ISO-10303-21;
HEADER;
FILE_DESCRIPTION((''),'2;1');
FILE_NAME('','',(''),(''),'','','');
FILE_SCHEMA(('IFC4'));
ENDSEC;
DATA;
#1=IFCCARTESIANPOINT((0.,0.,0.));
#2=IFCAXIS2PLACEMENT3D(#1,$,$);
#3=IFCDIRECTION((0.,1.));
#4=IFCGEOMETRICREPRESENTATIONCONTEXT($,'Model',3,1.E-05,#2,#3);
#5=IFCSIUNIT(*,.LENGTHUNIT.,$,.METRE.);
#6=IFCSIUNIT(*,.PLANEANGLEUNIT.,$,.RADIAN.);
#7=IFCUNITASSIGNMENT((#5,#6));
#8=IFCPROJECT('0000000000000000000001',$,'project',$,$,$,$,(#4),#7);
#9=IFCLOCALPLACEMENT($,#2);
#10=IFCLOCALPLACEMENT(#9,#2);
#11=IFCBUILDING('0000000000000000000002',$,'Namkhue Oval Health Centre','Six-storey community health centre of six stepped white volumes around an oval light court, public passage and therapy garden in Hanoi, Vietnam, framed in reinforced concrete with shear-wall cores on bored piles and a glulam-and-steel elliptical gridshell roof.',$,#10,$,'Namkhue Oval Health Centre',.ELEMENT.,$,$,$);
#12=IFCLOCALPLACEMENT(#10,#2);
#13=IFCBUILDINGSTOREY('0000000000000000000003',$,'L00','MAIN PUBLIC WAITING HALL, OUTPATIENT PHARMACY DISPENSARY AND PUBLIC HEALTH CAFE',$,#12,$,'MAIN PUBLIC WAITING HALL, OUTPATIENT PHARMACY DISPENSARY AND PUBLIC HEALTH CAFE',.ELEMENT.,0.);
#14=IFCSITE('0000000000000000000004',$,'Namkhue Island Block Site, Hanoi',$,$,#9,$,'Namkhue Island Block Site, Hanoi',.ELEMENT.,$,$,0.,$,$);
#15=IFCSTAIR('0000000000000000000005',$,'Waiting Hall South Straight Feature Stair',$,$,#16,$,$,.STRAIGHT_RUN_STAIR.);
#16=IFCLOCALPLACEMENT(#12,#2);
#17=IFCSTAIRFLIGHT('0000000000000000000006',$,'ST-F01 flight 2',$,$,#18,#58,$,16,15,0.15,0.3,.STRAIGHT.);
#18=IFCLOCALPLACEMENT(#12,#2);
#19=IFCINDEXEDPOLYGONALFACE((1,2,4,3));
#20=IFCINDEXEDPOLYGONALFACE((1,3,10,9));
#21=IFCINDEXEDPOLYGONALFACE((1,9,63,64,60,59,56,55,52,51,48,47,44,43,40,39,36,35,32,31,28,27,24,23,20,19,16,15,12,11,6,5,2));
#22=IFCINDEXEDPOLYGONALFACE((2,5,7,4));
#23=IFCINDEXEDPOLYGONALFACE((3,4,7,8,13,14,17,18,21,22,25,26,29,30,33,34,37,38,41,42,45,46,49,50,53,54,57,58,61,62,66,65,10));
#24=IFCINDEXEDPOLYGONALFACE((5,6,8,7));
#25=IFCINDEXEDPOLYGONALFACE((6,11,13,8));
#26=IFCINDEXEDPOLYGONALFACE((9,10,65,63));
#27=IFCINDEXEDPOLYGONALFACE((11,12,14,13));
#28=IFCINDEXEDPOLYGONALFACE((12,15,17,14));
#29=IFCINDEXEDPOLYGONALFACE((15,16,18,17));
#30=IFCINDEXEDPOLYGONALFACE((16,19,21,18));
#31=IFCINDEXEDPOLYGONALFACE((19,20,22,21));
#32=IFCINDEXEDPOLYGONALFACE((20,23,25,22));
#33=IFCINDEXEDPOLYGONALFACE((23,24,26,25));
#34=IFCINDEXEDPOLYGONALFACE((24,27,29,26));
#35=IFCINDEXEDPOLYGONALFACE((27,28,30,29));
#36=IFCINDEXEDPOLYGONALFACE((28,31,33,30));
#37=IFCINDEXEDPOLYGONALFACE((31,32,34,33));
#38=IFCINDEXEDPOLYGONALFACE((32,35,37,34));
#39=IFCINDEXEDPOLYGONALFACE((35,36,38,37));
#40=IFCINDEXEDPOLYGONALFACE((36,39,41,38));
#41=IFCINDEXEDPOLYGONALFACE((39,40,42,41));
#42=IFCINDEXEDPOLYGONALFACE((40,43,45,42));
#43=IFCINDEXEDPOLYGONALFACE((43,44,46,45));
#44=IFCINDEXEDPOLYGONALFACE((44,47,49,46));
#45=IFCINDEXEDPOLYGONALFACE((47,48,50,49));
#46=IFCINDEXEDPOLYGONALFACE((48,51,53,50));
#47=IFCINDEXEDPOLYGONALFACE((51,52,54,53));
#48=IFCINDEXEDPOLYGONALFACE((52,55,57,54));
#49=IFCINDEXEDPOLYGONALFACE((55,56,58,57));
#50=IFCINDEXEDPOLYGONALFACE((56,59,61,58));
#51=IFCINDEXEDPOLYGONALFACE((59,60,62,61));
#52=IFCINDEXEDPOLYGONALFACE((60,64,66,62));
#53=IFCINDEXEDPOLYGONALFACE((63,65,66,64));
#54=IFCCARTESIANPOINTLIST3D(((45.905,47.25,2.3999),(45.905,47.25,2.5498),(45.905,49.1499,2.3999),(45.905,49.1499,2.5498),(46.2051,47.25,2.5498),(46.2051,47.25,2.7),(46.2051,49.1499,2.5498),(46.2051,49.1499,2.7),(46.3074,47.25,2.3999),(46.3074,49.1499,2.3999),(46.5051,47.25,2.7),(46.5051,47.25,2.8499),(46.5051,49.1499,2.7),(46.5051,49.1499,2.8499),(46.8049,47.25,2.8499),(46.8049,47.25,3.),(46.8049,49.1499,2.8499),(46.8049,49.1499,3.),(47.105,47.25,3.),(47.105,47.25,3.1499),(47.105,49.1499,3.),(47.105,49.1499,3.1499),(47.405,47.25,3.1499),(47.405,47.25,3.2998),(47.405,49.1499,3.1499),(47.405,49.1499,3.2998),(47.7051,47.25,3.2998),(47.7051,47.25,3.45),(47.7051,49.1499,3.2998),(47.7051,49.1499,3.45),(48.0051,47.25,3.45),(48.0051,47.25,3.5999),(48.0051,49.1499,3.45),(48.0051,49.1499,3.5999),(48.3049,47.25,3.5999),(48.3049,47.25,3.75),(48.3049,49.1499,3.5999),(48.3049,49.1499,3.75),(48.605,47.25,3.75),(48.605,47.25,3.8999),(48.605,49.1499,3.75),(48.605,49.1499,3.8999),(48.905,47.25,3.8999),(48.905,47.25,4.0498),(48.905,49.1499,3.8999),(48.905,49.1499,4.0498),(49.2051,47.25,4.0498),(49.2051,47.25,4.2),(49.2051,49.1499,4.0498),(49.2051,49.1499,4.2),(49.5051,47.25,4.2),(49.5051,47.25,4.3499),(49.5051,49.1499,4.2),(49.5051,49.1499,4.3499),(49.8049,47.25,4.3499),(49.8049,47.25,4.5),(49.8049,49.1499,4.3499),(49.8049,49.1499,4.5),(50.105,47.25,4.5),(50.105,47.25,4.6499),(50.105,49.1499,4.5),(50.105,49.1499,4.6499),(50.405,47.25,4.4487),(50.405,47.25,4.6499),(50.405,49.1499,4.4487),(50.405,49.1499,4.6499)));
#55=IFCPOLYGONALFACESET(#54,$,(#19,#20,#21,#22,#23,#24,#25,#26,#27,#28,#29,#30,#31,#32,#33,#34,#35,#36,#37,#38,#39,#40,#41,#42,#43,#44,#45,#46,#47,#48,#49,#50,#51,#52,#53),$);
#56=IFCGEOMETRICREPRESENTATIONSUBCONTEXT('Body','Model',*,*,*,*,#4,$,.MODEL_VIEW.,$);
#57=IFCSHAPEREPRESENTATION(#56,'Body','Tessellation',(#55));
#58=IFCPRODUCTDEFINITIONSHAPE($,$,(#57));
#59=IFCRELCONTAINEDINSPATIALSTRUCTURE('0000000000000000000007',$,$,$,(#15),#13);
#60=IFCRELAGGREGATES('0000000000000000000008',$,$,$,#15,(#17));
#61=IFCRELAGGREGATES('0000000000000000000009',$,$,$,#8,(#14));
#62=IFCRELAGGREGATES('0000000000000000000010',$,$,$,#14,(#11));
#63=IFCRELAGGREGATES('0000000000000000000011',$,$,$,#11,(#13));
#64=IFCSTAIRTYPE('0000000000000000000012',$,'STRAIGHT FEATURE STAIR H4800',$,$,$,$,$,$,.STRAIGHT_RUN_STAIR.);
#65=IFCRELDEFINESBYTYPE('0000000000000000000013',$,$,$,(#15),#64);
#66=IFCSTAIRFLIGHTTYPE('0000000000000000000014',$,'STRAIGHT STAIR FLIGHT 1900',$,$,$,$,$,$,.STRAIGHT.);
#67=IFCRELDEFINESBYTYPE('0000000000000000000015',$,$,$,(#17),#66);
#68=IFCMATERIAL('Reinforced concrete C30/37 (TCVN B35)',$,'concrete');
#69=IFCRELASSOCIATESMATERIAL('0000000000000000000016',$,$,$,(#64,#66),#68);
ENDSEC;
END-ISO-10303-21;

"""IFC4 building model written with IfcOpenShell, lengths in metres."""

from ifc_helpers import new_model, si_unit, direction, frame, origin, place, context, subcontext, project, spatial, polyline, outline, extrude, material, type_object, element, aggregate, save


model = new_model("IFC4")

# Units and contexts
model_context = context("Model", 3, precision=1e-05, world=origin(), true_north=direction((0.0, 1.0)))
body_context = subcontext(model_context, "Body", "Model", "MODEL_VIEW")
ifc_project = project(units=[si_unit("LENGTHUNIT", "METRE"), si_unit("PLANEANGLEUNIT", "RADIAN")], contexts=[model_context])

# Site, building, storey
site_placement = place(None, origin())
site = spatial("IfcSite", under=ifc_project, at=site_placement, Name="Namkhue Island Block Site, Hanoi", LongName="Namkhue Island Block Site, Hanoi", CompositionType="ELEMENT", RefElevation=0.0)
building_placement = place(site_placement, origin())
building = spatial("IfcBuilding", under=site, at=building_placement, Name="Namkhue Oval Health Centre", Description="Six-storey community health centre of six stepped white volumes around an oval light court, public passage and therapy garden in Hanoi, Vietnam, framed in reinforced concrete with shear-wall cores on bored piles and a glulam-and-steel elliptical gridshell roof.", LongName="Namkhue Oval Health Centre", CompositionType="ELEMENT")
storey_placement = place(building_placement, origin())
storey = spatial("IfcBuildingStorey", under=building, at=storey_placement, Name="L00", Description="MAIN PUBLIC WAITING HALL, OUTPATIENT PHARMACY DISPENSARY AND PUBLIC HEALTH CAFE", LongName="MAIN PUBLIC WAITING HALL, OUTPATIENT PHARMACY DISPENSARY AND PUBLIC HEALTH CAFE", CompositionType="ELEMENT", Elevation=0.0)

# Shared definitions
ifc_material_1 = material(Name="Reinforced concrete C30/37 (TCVN B35)", Category="concrete")

# Stair, stair flight
stair_type = type_object("IfcStairType", Name="STRAIGHT FEATURE STAIR H4800", PredefinedType="STRAIGHT_RUN_STAIR", material=ifc_material_1)
stair_placement = place(storey_placement, origin())
stair = element("IfcStair", 1, at=stair_placement, inside=storey, type_object=stair_type, Name="Waiting Hall South Straight Feature Stair", PredefinedType="STRAIGHT_RUN_STAIR")
stair_flight_type = type_object("IfcStairFlightType", Name="STRAIGHT STAIR FLIGHT 1900", PredefinedType="STRAIGHT", material=ifc_material_1)
stair_flight_placement = place(storey_placement, frame((45.905, 48.2, 2.3999), z_axis=(0.0, 0.0, 1.0), x_axis=(1.0, 0.0, 0.0)))
stair_flight = element("IfcStairFlight", 2, at=stair_flight_placement, type_object=stair_flight_type, Name="ST-F01 flight 2", NumberOfRisers=16, NumberOfTreads=15, PredefinedType="STRAIGHT", RiserHeight=0.15, TreadLength=0.3, context=body_context, shape_type="SweptSolid", body=[
    extrude(outline(polyline([(0.0, 0.0), (0.0, 0.1499), (0.3, 0.1499), (0.3, 0.3), (0.6001, 0.3), (0.6001, 0.45), (0.8999, 0.45), (0.8999, 0.6001), (1.2, 0.6001), (1.2, 0.75), (1.5, 0.75), (1.5, 0.8999), (1.8, 0.8999), (1.8, 1.05), (2.1001, 1.05), (2.1001, 1.2), (2.3999, 1.2), (2.3999, 1.3501), (2.7, 1.3501), (2.7, 1.5), (3.0, 1.5), (3.0, 1.6499), (3.3, 1.6499), (3.3, 1.8), (3.6001, 1.8), (3.6001, 1.95), (3.8999, 1.95), (3.8999, 2.1001), (4.2, 2.1001), (4.2, 2.25), (4.5, 2.25), (4.5, 2.3999), (4.5, 2.0488), (0.4023, 0.0), (0.0, 0.0)])), frame((0.0, 0.95, 0.0), z_axis=(0.0, -1.0, 0.0), x_axis=(1.0, 0.0, 0.0)), (0.0, 0.0, 1.0), 1.8999),
])
aggregate(stair, [stair_flight])

save(model, "model.ifc")
